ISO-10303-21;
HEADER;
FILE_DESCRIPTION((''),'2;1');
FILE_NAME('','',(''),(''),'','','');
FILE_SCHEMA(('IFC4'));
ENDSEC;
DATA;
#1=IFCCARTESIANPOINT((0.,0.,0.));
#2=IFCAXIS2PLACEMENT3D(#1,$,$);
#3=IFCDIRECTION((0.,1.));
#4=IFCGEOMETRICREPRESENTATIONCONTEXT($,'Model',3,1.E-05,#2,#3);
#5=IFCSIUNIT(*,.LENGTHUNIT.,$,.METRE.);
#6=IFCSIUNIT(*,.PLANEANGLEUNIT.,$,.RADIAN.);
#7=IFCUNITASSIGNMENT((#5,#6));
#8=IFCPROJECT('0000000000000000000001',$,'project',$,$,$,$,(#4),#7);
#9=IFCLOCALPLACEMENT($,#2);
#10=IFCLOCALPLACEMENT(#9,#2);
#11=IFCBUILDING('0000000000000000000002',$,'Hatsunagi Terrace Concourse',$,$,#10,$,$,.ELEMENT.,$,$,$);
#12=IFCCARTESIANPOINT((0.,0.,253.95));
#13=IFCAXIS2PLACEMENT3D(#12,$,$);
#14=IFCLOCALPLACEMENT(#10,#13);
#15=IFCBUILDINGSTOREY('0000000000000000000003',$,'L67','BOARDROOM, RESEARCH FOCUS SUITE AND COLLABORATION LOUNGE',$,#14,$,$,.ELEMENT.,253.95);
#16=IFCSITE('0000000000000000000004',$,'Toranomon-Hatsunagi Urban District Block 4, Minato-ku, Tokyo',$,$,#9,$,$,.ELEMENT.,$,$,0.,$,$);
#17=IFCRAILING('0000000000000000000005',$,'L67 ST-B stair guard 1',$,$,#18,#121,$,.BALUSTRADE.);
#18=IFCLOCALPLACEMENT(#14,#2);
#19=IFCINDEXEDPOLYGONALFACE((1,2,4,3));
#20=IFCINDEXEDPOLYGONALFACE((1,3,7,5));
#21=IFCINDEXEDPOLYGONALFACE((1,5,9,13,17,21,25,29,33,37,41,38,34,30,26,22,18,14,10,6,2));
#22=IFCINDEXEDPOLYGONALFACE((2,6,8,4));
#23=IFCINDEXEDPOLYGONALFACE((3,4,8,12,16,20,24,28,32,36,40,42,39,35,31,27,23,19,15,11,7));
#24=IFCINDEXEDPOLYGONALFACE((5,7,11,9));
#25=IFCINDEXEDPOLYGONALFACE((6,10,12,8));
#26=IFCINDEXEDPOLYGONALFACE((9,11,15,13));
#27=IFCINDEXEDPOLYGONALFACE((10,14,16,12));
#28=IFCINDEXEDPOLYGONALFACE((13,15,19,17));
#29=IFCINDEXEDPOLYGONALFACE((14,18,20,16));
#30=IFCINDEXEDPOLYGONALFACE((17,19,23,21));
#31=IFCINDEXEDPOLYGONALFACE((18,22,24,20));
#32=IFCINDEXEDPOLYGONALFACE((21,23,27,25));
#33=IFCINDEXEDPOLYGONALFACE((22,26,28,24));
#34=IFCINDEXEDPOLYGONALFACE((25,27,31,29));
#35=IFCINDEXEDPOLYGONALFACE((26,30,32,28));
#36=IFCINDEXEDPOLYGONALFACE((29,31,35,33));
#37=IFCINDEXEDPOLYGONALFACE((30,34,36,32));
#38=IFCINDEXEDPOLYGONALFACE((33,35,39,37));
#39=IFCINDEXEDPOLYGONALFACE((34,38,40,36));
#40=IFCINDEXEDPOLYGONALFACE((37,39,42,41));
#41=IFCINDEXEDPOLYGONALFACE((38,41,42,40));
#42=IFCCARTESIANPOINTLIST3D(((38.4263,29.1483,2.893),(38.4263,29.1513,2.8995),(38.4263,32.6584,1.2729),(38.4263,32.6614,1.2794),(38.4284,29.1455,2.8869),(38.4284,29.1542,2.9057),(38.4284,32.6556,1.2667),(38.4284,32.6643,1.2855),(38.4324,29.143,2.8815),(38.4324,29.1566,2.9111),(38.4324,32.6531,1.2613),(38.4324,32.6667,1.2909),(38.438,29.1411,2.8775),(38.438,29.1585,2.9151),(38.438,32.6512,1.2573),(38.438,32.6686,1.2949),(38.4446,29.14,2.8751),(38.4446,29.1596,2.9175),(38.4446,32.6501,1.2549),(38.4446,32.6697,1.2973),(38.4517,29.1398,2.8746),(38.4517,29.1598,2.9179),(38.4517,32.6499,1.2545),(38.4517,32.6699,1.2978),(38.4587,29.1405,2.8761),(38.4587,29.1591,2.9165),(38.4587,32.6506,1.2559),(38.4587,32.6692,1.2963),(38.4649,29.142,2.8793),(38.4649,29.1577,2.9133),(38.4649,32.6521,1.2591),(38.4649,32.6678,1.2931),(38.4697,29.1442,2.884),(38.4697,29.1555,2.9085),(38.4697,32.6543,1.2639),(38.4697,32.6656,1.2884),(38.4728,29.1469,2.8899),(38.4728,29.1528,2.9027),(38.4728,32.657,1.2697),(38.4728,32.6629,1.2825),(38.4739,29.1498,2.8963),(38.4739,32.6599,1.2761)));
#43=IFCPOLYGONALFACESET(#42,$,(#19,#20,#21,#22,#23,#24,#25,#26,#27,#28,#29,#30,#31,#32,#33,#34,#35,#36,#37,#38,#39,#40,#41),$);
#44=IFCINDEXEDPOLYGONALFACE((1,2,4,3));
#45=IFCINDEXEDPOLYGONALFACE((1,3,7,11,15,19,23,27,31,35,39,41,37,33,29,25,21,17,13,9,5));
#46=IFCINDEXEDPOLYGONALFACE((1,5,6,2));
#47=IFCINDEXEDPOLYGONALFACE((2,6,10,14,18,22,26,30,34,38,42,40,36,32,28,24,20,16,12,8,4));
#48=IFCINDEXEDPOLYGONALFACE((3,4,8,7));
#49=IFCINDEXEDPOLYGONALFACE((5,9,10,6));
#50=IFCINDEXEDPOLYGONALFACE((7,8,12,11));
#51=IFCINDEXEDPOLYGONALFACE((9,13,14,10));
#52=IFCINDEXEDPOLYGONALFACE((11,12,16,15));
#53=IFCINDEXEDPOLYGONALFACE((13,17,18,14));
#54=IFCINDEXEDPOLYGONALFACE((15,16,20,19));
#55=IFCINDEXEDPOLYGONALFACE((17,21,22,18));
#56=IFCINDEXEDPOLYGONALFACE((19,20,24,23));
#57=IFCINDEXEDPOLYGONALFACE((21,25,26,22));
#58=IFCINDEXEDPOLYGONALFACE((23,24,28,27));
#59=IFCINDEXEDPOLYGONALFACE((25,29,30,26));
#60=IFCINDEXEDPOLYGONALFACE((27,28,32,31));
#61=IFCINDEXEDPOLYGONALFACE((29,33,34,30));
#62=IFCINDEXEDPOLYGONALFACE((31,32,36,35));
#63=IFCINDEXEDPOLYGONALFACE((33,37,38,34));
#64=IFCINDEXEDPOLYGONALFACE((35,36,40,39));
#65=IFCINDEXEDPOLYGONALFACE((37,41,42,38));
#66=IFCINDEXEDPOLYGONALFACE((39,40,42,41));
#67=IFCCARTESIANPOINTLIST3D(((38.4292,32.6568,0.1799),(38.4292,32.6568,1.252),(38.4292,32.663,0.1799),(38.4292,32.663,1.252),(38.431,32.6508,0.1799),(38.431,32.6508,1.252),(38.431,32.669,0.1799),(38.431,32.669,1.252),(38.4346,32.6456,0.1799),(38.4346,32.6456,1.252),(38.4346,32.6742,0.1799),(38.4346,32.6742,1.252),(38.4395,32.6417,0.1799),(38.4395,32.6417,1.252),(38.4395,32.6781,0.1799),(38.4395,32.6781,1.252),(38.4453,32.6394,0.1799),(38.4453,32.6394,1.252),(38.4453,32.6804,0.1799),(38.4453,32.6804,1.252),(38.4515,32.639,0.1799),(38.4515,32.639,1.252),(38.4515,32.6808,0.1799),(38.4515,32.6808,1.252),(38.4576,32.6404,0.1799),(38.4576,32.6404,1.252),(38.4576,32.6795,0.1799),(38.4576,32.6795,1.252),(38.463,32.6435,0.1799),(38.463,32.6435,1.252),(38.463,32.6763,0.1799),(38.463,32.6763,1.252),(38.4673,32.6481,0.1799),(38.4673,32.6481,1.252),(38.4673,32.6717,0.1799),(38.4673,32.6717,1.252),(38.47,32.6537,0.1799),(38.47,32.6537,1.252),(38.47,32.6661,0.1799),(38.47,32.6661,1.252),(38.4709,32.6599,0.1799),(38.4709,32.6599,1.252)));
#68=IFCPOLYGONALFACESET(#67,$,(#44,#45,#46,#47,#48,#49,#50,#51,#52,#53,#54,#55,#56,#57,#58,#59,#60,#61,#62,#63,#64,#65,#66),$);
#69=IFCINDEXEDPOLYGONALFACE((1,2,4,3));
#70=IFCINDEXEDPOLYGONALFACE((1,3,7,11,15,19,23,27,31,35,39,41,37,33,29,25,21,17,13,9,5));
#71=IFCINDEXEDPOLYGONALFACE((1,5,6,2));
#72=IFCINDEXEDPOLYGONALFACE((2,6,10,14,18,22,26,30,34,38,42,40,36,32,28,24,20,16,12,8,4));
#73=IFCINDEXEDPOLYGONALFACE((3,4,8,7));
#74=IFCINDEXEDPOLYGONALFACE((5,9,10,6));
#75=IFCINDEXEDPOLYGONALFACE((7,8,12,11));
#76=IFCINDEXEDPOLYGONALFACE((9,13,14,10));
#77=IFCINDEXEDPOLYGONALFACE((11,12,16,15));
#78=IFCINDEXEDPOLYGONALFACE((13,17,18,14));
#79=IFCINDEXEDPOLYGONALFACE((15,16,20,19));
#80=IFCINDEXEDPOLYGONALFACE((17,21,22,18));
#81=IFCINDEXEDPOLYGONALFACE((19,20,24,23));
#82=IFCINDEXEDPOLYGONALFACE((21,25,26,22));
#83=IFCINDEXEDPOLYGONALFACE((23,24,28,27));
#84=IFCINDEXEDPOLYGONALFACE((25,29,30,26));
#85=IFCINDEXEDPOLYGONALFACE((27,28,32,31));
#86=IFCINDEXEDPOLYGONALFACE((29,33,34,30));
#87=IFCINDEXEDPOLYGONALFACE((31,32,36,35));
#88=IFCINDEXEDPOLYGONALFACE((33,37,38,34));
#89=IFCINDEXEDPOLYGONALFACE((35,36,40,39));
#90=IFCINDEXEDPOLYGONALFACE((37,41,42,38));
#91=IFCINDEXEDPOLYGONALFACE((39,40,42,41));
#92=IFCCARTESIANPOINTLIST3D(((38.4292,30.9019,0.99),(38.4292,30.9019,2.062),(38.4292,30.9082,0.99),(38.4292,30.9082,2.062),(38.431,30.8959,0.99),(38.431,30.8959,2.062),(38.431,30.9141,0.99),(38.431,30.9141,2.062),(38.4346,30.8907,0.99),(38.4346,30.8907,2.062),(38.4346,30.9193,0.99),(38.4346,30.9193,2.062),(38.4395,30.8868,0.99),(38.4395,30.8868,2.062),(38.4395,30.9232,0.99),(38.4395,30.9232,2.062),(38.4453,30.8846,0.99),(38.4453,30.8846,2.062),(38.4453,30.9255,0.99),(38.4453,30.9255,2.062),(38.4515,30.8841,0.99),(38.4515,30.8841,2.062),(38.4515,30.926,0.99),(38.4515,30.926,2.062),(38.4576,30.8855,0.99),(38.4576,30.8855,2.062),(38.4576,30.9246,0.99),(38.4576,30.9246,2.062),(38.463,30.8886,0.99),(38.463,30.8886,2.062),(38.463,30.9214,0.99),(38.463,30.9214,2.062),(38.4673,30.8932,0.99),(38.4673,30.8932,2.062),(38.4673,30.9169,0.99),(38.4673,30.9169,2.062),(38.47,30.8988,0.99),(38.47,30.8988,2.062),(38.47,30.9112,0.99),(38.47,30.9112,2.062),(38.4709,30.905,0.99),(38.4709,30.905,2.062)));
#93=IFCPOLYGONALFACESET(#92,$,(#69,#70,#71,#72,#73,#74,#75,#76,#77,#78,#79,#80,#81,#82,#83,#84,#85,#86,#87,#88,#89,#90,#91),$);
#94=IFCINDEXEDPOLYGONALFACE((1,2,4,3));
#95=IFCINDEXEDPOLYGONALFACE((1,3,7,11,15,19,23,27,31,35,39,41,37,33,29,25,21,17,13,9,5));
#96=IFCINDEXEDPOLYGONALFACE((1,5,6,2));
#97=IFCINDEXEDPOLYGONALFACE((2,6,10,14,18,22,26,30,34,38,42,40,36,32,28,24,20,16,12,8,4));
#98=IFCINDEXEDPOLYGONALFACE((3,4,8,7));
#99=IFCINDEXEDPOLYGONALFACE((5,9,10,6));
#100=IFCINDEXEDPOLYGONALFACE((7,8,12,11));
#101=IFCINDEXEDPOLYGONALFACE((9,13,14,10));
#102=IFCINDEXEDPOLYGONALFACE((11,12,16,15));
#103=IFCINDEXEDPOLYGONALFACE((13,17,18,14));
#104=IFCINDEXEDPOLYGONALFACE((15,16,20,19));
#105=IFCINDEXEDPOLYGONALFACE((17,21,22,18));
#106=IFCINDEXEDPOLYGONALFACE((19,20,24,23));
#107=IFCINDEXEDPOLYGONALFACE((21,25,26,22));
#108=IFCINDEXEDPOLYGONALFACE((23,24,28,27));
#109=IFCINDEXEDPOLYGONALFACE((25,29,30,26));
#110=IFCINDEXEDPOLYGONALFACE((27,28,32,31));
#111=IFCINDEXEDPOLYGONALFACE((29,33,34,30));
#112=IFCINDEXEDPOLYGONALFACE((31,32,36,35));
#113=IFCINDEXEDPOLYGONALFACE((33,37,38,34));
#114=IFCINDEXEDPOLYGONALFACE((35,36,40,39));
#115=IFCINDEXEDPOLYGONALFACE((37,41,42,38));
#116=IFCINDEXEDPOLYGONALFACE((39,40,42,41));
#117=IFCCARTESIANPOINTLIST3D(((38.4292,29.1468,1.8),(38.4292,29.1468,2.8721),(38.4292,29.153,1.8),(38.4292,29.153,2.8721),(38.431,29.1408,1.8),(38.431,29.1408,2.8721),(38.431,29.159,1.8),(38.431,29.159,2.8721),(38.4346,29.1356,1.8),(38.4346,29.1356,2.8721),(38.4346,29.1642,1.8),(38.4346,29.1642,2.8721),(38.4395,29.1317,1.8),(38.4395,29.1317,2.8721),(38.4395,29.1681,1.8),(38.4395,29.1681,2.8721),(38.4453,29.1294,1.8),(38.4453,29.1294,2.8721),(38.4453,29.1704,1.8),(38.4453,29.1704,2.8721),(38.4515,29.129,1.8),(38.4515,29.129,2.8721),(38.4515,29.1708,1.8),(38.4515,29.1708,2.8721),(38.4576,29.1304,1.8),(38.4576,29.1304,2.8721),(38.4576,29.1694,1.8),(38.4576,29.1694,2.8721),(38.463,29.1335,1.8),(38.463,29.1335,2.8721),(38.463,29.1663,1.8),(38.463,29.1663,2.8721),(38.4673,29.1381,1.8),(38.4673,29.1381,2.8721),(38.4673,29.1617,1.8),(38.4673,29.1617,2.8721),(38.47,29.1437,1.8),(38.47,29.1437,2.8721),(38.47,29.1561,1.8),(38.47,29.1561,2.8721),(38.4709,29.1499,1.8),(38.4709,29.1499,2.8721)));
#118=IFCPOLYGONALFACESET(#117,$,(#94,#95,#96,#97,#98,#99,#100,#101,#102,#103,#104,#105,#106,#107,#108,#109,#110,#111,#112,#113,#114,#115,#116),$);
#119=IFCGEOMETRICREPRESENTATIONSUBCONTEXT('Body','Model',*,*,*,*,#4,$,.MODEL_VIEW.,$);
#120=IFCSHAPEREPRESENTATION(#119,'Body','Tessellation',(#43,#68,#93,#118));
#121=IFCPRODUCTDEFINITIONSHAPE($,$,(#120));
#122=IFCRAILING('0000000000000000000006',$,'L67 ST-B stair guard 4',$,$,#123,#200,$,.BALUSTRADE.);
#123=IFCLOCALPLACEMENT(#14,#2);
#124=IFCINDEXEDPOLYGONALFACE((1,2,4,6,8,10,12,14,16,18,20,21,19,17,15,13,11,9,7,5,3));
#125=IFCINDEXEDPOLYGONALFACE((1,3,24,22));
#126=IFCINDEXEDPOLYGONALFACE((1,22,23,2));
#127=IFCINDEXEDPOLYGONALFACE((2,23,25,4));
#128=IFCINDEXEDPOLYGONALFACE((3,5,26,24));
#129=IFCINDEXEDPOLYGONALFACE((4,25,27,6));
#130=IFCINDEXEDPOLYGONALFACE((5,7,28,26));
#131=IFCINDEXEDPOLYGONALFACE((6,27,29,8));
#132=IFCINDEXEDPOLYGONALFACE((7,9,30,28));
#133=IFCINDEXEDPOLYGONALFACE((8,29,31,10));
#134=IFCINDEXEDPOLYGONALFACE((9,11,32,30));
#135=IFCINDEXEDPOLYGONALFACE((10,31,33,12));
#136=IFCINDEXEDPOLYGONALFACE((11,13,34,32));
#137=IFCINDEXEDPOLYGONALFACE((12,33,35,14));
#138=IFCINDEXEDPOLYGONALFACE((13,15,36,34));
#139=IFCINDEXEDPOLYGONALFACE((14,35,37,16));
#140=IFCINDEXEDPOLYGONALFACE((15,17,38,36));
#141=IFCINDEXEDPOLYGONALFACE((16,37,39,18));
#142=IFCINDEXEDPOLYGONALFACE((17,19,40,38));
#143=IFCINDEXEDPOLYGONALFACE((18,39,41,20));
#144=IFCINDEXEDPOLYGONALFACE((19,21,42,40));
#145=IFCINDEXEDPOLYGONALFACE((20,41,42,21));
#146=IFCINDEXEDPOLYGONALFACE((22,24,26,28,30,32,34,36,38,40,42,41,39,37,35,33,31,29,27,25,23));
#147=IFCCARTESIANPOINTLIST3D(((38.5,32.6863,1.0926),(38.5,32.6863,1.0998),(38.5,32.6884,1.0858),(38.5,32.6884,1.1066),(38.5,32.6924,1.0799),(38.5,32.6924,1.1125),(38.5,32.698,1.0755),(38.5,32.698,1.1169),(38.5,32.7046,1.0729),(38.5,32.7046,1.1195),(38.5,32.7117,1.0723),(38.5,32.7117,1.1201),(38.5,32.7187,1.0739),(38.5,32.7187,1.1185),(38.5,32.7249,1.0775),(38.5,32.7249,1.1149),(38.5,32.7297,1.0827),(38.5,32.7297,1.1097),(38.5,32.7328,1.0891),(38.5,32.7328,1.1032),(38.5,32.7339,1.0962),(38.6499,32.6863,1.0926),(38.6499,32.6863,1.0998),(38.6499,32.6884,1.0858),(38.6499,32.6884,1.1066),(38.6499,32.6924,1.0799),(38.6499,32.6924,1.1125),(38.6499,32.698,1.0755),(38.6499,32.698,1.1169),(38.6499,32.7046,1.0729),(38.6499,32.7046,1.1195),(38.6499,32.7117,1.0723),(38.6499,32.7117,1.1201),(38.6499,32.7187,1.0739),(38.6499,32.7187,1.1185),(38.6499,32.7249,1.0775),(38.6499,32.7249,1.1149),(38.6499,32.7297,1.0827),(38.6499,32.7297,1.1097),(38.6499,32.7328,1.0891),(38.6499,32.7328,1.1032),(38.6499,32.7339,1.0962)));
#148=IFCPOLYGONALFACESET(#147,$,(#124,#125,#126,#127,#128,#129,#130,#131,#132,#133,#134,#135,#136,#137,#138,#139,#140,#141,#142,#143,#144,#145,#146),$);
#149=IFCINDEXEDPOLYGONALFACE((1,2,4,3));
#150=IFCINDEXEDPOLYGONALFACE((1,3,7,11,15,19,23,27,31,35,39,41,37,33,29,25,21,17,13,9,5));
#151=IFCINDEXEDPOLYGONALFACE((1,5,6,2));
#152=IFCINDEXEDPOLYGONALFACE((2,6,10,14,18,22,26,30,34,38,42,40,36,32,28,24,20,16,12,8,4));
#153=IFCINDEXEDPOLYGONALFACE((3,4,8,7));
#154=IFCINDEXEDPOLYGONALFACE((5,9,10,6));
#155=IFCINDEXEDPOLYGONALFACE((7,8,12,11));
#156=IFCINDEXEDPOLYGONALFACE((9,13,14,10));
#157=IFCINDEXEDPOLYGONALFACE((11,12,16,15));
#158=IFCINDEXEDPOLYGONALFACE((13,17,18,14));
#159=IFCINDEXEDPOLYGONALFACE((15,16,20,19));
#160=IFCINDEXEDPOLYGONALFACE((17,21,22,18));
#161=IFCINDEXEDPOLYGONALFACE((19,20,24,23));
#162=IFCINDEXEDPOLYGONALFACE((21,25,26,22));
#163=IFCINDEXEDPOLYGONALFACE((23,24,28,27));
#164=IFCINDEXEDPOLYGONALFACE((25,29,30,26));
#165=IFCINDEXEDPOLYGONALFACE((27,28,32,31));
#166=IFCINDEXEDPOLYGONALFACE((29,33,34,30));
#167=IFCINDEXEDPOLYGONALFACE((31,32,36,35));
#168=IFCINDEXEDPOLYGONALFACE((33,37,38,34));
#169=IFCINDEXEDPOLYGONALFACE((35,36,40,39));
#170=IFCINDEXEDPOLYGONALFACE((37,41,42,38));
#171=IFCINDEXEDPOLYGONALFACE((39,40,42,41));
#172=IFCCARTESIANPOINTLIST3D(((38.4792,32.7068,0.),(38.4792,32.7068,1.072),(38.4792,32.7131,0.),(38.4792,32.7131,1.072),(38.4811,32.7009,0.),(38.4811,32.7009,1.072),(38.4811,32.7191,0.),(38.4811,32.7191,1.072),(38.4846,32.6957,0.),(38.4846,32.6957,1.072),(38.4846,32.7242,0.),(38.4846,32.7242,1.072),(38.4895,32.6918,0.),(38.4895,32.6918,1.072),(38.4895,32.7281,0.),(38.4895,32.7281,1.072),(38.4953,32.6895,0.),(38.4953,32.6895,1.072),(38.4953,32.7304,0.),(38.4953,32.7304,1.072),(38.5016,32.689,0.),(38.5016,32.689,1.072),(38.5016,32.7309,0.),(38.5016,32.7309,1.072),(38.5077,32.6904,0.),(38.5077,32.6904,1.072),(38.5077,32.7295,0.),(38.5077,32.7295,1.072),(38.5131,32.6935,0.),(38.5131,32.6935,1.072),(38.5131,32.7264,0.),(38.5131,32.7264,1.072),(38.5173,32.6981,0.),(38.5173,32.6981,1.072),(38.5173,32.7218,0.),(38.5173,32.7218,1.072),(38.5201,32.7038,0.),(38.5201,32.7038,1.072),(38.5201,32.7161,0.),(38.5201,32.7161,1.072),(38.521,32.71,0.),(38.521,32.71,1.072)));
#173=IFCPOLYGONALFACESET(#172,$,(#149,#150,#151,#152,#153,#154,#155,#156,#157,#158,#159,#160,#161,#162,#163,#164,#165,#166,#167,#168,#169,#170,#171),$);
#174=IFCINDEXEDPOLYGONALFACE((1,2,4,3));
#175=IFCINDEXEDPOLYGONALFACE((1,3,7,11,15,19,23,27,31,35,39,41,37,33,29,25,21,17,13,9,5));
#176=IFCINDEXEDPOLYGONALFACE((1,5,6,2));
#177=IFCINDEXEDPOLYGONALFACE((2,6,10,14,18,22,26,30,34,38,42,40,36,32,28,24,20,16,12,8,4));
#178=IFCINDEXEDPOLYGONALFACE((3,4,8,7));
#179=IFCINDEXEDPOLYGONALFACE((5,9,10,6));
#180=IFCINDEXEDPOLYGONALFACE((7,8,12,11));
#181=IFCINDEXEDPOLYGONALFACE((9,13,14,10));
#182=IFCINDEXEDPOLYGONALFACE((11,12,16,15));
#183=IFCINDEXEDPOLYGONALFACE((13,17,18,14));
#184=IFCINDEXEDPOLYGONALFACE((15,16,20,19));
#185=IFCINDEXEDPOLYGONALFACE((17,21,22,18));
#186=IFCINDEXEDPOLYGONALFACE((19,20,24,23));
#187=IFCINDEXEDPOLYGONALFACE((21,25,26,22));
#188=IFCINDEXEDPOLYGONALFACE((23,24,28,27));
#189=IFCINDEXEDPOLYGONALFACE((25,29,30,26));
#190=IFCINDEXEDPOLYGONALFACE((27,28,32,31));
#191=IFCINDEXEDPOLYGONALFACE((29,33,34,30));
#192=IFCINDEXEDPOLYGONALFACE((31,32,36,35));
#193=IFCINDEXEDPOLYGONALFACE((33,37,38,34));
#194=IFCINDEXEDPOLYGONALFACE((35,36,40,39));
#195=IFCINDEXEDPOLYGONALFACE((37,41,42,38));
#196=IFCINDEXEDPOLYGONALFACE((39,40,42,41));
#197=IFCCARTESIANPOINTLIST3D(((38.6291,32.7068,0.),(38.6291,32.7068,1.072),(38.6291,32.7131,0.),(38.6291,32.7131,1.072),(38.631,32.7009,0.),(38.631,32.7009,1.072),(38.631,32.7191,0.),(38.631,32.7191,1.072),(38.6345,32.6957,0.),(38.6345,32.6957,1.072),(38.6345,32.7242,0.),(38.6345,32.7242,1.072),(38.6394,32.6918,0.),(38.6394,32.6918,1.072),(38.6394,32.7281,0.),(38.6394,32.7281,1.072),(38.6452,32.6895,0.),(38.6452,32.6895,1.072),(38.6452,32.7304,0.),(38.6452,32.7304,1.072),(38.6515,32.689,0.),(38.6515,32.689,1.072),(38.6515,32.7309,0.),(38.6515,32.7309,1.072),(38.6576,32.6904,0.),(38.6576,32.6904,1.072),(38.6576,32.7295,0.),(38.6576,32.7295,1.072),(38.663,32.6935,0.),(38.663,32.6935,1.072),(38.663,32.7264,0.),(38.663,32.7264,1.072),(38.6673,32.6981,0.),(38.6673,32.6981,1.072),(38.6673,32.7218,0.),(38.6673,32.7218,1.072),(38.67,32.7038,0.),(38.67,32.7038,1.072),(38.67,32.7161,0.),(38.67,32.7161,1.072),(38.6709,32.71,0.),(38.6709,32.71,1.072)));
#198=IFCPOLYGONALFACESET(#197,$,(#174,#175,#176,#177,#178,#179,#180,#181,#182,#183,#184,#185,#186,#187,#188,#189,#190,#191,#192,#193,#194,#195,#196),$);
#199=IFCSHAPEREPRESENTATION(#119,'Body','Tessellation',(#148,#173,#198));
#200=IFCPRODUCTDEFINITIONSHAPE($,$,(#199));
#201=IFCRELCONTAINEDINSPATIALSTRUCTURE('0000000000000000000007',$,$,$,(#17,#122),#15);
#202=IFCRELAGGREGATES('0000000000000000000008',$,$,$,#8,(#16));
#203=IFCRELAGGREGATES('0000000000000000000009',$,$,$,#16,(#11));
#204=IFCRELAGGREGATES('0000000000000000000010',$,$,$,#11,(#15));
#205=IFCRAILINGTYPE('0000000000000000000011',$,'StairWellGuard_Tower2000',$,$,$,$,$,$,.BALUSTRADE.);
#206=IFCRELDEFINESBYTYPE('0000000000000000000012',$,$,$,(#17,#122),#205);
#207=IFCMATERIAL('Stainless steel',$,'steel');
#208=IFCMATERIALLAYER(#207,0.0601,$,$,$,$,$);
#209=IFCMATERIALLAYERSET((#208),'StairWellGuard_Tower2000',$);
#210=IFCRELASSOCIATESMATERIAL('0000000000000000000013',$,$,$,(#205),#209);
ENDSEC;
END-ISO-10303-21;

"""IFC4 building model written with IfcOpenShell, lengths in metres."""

from ifc_helpers import new_model, si_unit, direction, frame, origin, origin_2d, place, context, subcontext, project, spatial, circle, extrude, material, layer, layer_set, type_object, element, save


model = new_model("IFC4")

# Units and contexts
model_context = context("Model", 3, precision=1e-05, world=origin(), true_north=direction((0.0, 1.0)))
body_context = subcontext(model_context, "Body", "Model", "MODEL_VIEW")
ifc_project = project(units=[si_unit("LENGTHUNIT", "METRE"), si_unit("PLANEANGLEUNIT", "RADIAN")], contexts=[model_context])

# Site, building, storey
site_placement = place(None, origin())
site = spatial("IfcSite", under=ifc_project, at=site_placement, Name="Toranomon-Hatsunagi Urban District Block 4, Minato-ku, Tokyo", CompositionType="ELEMENT", RefElevation=0.0)
building_placement = place(site_placement, origin())
building = spatial("IfcBuilding", under=site, at=building_placement, Name="Hatsunagi Terrace Concourse", CompositionType="ELEMENT")
storey_placement = place(building_placement, frame((0.0, 0.0, 253.95)))
storey = spatial("IfcBuildingStorey", under=building, at=storey_placement, Name="L67", Description="BOARDROOM, RESEARCH FOCUS SUITE AND COLLABORATION LOUNGE", CompositionType="ELEMENT", Elevation=253.95)

# Railings
ifc_material_1 = material(Name="Stainless steel", Category="steel")
ifc_layer_1 = layer(ifc_material_1, 0.0601)
ifc_layer_set_1 = layer_set([ifc_layer_1], Name="StairWellGuard_Tower2000")
railing_type_1 = type_object("IfcRailingType", Name="StairWellGuard_Tower2000", PredefinedType="BALUSTRADE", material=ifc_layer_set_1)
railing_1_placement = place(storey_placement, frame((38.45, 32.6599, 0.1799)))
element("IfcRailing", 1, at=railing_1_placement, inside=storey, type_object=railing_type_1, Name="L67 ST-B stair guard 1", PredefinedType="BALUSTRADE", context=body_context, shape_type="SweptSolid", body=[
    extrude(circle(Radius=0.0239, at=origin_2d()), frame((0.0, 0.0, 1.0962), z_axis=(0.0, -0.907948, 0.419082), x_axis=(1.0, 0.0, 0.0)), (0.0, 0.0, 1.0), 3.866),
    extrude(circle(Radius=0.021, at=origin_2d()), origin(), (0.0, 0.0, 1.0), 1.072),
    extrude(circle(Radius=0.021, at=origin_2d()), frame((0.0, -1.7549, 0.8101)), (0.0, 0.0, 1.0), 1.072),
    extrude(circle(Radius=0.021, at=origin_2d()), frame((0.0, -3.51, 1.6201)), (0.0, 0.0, 1.0), 1.072),
])
railing_2_placement = place(storey_placement, frame((38.5, 32.71, 0.0)))
element("IfcRailing", 2, at=railing_2_placement, inside=storey, type_object=railing_type_1, Name="L67 ST-B stair guard 4", PredefinedType="BALUSTRADE", context=body_context, shape_type="SweptSolid", body=[
    extrude(circle(Radius=0.0239, at=origin_2d()), frame((0.0, 0.0, 1.0962), z_axis=(1.0, 0.0, 0.0), x_axis=(0.0, 1.0, 0.0)), (0.0, 0.0, 1.0), 0.1499),
    extrude(circle(Radius=0.021, at=origin_2d()), origin(), (0.0, 0.0, 1.0), 1.072),
    extrude(circle(Radius=0.021, at=origin_2d()), frame((0.1499, 0.0, 0.0)), (0.0, 0.0, 1.0), 1.072),
])

save(model, "model.ifc")
